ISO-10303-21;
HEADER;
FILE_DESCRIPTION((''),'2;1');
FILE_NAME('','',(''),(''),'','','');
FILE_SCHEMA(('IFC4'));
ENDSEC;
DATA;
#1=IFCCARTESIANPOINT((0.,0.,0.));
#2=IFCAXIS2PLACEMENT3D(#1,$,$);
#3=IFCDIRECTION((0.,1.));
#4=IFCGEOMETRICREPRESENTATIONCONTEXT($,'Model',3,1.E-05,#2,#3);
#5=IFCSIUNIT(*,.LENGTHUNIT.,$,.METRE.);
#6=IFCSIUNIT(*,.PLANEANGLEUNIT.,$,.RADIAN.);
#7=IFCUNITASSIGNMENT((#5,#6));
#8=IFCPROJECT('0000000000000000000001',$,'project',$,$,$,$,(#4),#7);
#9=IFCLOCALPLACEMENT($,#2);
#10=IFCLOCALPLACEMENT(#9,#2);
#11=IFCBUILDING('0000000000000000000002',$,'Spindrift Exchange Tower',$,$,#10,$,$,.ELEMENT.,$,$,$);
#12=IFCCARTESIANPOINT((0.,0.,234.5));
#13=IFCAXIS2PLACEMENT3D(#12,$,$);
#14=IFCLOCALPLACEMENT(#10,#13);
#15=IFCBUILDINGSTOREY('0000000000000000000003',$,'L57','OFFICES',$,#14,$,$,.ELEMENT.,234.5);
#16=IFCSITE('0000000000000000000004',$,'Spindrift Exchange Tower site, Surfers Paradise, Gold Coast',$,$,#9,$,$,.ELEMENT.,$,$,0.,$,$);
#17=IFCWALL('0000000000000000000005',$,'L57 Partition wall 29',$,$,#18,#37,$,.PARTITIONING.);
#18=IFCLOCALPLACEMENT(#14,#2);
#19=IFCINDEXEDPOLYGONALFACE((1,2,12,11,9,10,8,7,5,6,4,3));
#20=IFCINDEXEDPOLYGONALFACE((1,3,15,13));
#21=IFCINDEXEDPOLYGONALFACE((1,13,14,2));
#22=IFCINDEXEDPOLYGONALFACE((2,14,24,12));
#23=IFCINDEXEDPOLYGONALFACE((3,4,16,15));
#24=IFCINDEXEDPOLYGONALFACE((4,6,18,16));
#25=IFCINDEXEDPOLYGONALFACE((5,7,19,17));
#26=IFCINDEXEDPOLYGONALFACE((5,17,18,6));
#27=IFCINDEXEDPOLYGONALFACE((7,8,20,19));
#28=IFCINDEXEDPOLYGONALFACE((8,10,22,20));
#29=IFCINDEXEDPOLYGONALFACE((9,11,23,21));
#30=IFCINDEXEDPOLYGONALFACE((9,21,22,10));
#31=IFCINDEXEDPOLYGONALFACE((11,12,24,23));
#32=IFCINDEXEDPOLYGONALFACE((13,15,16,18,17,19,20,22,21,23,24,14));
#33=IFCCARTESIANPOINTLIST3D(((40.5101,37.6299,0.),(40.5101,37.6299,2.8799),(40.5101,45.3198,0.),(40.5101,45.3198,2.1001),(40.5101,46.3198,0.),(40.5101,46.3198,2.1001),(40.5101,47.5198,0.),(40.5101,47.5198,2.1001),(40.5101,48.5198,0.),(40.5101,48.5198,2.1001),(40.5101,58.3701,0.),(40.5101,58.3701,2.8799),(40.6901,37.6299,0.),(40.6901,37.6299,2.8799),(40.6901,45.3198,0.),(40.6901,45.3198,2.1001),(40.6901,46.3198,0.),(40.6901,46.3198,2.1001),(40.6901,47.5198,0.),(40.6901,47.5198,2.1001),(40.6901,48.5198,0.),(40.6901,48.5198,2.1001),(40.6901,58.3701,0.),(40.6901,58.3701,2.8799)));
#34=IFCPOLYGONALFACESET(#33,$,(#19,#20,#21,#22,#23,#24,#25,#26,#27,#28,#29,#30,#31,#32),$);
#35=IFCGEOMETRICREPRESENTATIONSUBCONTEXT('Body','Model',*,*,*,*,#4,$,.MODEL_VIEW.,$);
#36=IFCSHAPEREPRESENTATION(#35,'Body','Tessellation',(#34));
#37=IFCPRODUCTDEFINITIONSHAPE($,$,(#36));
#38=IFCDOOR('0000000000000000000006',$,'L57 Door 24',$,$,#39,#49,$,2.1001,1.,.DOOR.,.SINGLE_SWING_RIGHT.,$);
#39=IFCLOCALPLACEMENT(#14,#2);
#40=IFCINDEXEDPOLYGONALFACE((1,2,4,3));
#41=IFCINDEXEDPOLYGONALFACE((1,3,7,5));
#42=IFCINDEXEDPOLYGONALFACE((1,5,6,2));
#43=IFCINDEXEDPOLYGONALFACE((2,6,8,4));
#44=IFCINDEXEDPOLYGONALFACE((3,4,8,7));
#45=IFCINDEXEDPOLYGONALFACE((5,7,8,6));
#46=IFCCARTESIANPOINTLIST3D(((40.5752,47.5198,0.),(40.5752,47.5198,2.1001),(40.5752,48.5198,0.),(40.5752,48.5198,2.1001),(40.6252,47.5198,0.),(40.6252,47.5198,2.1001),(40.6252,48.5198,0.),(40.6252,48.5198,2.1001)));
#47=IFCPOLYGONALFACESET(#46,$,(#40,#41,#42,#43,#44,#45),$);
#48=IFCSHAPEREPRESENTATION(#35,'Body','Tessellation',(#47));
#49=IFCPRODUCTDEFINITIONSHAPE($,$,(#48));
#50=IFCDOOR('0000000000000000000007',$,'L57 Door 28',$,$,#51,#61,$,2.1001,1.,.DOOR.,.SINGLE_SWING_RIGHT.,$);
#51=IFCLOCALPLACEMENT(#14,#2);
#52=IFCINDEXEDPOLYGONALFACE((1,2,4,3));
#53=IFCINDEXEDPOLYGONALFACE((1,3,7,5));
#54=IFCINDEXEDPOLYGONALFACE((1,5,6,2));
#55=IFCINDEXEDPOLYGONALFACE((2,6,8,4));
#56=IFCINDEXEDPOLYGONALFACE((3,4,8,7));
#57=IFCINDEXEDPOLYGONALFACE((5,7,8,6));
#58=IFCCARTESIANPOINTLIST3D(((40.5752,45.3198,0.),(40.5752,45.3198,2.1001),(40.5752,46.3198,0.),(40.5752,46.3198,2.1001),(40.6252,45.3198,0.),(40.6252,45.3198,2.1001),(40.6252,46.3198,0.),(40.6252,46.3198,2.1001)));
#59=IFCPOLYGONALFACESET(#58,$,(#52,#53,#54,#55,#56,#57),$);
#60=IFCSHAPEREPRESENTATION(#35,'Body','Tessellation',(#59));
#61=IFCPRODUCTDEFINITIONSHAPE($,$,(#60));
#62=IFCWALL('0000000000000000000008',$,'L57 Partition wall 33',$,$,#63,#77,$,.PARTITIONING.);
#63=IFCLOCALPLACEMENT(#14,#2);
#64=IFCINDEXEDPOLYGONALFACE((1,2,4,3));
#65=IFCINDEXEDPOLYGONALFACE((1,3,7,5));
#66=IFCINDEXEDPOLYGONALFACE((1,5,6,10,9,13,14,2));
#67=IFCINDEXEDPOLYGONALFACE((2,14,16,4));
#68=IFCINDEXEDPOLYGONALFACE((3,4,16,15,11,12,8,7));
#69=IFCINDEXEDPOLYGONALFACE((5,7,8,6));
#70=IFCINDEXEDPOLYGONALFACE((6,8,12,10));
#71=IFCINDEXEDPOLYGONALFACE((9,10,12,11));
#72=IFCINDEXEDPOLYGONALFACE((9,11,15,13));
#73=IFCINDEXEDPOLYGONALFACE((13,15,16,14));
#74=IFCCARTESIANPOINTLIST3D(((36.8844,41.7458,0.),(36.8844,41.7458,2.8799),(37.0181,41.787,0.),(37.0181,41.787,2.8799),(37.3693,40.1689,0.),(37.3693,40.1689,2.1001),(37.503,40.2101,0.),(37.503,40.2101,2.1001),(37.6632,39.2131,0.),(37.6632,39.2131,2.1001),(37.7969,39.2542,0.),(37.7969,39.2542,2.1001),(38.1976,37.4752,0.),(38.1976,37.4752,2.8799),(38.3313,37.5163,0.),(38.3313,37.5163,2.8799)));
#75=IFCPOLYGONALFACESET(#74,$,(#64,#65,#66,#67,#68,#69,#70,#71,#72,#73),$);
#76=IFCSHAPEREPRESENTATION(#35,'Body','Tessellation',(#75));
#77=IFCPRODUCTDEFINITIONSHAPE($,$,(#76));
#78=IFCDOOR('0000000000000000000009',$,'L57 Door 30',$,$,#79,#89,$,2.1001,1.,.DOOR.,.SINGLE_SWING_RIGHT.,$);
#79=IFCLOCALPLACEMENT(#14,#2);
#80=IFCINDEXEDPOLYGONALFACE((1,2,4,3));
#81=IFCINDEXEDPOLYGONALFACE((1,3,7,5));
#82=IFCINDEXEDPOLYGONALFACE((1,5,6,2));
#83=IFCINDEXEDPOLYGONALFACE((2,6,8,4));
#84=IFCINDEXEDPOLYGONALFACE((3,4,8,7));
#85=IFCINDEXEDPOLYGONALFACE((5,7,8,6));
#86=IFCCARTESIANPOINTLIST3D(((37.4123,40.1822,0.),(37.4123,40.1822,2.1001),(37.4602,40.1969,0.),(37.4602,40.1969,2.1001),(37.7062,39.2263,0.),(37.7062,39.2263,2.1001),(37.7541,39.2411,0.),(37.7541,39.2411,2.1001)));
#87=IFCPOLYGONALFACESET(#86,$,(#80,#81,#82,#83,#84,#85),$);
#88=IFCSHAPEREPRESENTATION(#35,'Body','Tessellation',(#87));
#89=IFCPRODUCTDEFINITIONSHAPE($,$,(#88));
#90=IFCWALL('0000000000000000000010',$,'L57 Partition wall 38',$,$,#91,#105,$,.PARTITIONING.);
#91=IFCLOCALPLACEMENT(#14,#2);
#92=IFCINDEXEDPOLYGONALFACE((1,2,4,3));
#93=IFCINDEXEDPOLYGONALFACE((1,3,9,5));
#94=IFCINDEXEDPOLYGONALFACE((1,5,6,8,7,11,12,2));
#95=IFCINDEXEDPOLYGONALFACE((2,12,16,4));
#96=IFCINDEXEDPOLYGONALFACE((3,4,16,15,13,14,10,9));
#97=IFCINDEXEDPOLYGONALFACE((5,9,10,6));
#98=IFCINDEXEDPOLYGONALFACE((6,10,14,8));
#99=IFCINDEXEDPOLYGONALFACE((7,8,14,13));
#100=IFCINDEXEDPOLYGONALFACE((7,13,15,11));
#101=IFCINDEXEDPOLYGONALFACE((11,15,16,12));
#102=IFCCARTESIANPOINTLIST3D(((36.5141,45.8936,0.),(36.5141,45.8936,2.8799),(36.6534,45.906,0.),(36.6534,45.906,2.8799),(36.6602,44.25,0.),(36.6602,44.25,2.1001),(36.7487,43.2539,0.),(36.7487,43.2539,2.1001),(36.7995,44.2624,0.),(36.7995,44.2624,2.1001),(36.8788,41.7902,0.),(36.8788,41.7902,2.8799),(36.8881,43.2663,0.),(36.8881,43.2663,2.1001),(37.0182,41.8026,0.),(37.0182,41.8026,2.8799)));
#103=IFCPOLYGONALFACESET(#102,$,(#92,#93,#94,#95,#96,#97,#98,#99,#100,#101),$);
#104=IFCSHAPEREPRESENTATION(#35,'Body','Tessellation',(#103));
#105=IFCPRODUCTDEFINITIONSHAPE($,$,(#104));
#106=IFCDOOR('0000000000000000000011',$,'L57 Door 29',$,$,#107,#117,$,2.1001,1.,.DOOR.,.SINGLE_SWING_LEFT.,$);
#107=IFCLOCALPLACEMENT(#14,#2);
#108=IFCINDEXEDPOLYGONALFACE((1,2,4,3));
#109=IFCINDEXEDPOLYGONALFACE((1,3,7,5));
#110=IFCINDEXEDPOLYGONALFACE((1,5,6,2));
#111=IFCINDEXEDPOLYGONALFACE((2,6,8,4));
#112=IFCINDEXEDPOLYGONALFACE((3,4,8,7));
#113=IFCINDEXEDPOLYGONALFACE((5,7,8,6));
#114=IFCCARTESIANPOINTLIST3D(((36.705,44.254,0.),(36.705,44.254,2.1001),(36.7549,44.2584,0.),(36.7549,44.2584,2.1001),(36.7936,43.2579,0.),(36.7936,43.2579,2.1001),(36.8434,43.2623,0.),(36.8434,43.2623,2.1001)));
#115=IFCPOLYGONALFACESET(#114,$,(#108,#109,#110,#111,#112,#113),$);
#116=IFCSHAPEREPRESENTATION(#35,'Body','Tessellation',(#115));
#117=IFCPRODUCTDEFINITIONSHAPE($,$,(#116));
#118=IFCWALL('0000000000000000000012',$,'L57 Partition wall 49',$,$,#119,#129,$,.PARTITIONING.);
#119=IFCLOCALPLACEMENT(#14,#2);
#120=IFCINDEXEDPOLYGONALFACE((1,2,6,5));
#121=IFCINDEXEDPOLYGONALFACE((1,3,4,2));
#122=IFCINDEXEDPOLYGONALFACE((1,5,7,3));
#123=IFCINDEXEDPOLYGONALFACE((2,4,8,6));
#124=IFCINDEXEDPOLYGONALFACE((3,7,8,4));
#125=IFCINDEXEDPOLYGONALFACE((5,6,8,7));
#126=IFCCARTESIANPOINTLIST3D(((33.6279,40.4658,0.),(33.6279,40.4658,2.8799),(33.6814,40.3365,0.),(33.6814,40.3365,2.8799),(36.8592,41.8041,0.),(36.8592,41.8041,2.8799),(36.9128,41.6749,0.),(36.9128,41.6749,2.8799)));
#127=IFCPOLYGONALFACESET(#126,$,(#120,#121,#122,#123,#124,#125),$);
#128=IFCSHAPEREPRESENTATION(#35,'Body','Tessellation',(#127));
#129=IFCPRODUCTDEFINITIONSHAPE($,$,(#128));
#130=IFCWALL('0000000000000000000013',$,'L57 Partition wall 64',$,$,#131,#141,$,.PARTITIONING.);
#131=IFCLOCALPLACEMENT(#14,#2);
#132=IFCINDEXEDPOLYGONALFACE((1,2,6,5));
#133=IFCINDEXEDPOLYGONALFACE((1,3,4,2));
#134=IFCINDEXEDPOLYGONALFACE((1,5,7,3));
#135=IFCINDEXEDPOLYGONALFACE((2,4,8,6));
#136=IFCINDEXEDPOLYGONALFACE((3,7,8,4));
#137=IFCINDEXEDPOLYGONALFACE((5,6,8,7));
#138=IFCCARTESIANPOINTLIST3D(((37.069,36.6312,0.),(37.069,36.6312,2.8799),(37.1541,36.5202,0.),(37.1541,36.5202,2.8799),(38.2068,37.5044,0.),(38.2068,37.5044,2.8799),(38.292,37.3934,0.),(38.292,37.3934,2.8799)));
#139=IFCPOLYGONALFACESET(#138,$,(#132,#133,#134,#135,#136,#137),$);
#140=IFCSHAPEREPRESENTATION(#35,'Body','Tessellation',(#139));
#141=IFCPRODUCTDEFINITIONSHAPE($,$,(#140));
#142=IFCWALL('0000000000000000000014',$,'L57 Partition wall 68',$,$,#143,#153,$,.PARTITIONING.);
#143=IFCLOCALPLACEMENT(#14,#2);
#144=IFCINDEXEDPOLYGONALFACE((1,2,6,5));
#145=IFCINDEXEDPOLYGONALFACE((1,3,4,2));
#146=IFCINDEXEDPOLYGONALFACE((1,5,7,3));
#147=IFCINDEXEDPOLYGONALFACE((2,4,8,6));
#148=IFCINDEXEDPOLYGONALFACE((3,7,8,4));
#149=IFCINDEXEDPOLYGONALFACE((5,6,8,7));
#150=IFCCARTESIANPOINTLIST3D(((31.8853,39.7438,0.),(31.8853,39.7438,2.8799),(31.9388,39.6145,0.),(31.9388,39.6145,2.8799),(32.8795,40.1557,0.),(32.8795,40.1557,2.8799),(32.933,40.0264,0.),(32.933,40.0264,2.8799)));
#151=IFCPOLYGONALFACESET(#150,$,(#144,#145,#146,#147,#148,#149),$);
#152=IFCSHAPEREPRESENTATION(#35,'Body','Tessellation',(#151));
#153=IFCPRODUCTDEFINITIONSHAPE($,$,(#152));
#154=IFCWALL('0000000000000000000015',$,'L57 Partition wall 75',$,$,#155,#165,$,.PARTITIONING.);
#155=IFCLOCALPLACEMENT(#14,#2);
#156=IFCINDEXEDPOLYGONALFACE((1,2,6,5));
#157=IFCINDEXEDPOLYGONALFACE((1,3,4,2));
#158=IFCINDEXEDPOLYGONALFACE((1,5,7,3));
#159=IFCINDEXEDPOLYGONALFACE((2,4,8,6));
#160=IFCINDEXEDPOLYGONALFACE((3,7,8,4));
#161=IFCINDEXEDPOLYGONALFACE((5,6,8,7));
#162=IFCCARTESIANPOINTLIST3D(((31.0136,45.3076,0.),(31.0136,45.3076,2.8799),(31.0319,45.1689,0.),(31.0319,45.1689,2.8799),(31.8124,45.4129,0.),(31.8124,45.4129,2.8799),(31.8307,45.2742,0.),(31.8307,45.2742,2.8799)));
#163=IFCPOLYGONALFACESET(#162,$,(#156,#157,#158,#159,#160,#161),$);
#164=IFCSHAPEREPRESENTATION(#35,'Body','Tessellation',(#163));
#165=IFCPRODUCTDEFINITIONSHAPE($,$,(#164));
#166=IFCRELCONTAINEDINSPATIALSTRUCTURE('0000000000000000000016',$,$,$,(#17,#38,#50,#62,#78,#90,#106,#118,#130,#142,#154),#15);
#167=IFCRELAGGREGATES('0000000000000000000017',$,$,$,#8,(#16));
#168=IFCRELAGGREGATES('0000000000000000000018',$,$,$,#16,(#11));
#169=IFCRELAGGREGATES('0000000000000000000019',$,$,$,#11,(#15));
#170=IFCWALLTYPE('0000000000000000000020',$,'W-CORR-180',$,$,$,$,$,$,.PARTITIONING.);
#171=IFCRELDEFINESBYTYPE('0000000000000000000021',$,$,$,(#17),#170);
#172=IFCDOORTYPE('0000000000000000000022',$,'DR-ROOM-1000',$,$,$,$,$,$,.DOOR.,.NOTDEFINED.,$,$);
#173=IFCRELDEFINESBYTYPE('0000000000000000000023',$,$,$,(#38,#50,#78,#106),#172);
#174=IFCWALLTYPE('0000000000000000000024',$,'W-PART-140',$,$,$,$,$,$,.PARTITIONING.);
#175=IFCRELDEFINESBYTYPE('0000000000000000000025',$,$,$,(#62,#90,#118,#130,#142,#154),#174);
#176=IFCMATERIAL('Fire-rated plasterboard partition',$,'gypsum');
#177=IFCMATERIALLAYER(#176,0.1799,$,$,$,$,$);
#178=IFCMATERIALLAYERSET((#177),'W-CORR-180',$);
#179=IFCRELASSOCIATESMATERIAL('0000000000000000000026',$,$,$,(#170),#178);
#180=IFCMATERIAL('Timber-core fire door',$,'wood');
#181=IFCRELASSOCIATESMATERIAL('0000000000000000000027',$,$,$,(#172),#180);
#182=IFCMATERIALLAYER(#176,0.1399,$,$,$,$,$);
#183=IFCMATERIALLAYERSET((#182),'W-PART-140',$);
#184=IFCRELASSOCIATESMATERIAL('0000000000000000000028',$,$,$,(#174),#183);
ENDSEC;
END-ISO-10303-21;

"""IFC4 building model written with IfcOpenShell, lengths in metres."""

from ifc_helpers import new_model, si_unit, direction, frame, frame_2d, origin, place, context, subcontext, project, spatial, rectangle, extrude, source, transform, mapped, material, layer, layer_set, type_object, element, fill, save


model = new_model("IFC4")

# Units and contexts
model_context = context("Model", 3, precision=1e-05, world=origin(), true_north=direction((0.0, 1.0)))
body_context = subcontext(model_context, "Body", "Model", "MODEL_VIEW")
ifc_project = project(units=[si_unit("LENGTHUNIT", "METRE"), si_unit("PLANEANGLEUNIT", "RADIAN")], contexts=[model_context])

# Site, building, storey
site_placement = place(None, origin())
site = spatial("IfcSite", under=ifc_project, at=site_placement, Name="Spindrift Exchange Tower site, Surfers Paradise, Gold Coast", CompositionType="ELEMENT", RefElevation=0.0)
building_placement = place(site_placement, origin())
building = spatial("IfcBuilding", under=site, at=building_placement, Name="Spindrift Exchange Tower", CompositionType="ELEMENT")
storey_placement = place(building_placement, frame((0.0, 0.0, 234.5)))
storey = spatial("IfcBuildingStorey", under=building, at=storey_placement, Name="L57", Description="OFFICES", CompositionType="ELEMENT", Elevation=234.5)

# Wall, openings, doors
ifc_material_1 = material(Name="Fire-rated plasterboard partition", Category="gypsum")
ifc_layer_1 = layer(ifc_material_1, 0.1799)
ifc_layer_set_1 = layer_set([ifc_layer_1], Name="W-CORR-180")
wall_type_1 = type_object("IfcWallType", Name="W-CORR-180", PredefinedType="PARTITIONING", material=ifc_layer_set_1)
wall_1_placement = place(storey_placement, frame((40.6001, 37.6299, 0.0), z_axis=(0.0, 0.0, 1.0), x_axis=(0.0, 1.0, 0.0)))
wall_1 = element("IfcWall", 1, at=wall_1_placement, inside=storey, type_object=wall_type_1, Name="L57 Partition wall 29", PredefinedType="PARTITIONING", context=body_context, shape_type="SweptSolid", body=[
    extrude(rectangle(XDim=20.7402, YDim=0.1799, at=frame_2d((10.3701, 0.0))), origin(), (0.0, 0.0, 1.0), 2.8799),
])
opening_1_placement = place(wall_1_placement, frame((9.8899, 0.0, 0.0)))
opening_1 = element("IfcOpeningElement", 2, at=opening_1_placement, cuts=wall_1, PredefinedType="OPENING", context=body_context, shape_type="SweptSolid", body=[
    extrude(rectangle(XDim=1.0, YDim=2.1001, at=frame_2d((0.5, 1.05))), frame((0.0, 0.0999, 0.0), z_axis=(0.0, -1.0, 0.0), x_axis=(1.0, 0.0, 0.0)), (0.0, 0.0, 1.0), 0.2),
])
opening_2_placement = place(wall_1_placement, frame((7.6899, 0.0, 0.0)))
opening_2 = element("IfcOpeningElement", 3, at=opening_2_placement, cuts=wall_1, PredefinedType="OPENING", context=body_context, shape_type="SweptSolid", body=[
    extrude(rectangle(XDim=1.0, YDim=2.1001, at=frame_2d((0.5, 1.05))), frame((0.0, 0.0999, 0.0), z_axis=(0.0, -1.0, 0.0), x_axis=(1.0, 0.0, 0.0)), (0.0, 0.0, 1.0), 0.2),
])
ifc_material_2 = material(Name="Timber-core fire door", Category="wood")
door_type = type_object("IfcDoorType", Name="DR-ROOM-1000", OperationType="NOTDEFINED", PredefinedType="DOOR", material=ifc_material_2)
shared_shape_1 = source(origin(), body_context, "Body", "SweptSolid", [
    extrude(rectangle(XDim=1.0, YDim=2.1001, at=frame_2d((0.5, 1.05))), frame((0.0, 0.0249, 0.0), z_axis=(0.0, -1.0, 0.0), x_axis=(1.0, 0.0, 0.0)), (0.0, 0.0, 1.0), 0.05),
])
door_1_placement = place(opening_1_placement, origin())
door_1 = element("IfcDoor", 4, at=door_1_placement, inside=storey, type_object=door_type, Name="L57 Door 24", OperationType="SINGLE_SWING_RIGHT", OverallHeight=2.1001, OverallWidth=1.0, PredefinedType="DOOR", context=body_context, shape_type="MappedRepresentation", body=[
    mapped(shared_shape_1, transform((0.0, 0.0, 0.0), scale=1.0)),
])
fill(opening_1, door_1)
door_2_placement = place(opening_2_placement, origin())
door_2 = element("IfcDoor", 5, at=door_2_placement, inside=storey, type_object=door_type, Name="L57 Door 28", OperationType="SINGLE_SWING_RIGHT", OverallHeight=2.1001, OverallWidth=1.0, PredefinedType="DOOR", context=body_context, shape_type="MappedRepresentation", body=[
    mapped(shared_shape_1, transform((0.0, 0.0, 0.0), scale=1.0)),
])
fill(opening_2, door_2)

# Walls, openings, doors
ifc_layer_2 = layer(ifc_material_1, 0.1399)
ifc_layer_set_2 = layer_set([ifc_layer_2], Name="W-PART-140")
wall_type_2 = type_object("IfcWallType", Name="W-PART-140", PredefinedType="PARTITIONING", material=ifc_layer_set_2)
wall_2_placement = place(storey_placement, frame((38.2644, 37.4958, 0.0), z_axis=(0.0, 0.0, 1.0), x_axis=(-0.293913, 0.955832, 0.0)))
wall_2 = element("IfcWall", 6, at=wall_2_placement, inside=storey, type_object=wall_type_2, Name="L57 Partition wall 33", PredefinedType="PARTITIONING", context=body_context, shape_type="SweptSolid", body=[
    extrude(rectangle(XDim=4.468, YDim=0.1399, at=frame_2d((2.2339, 0.0))), origin(), (0.0, 0.0, 1.0), 2.8799),
])
opening_3_placement = place(wall_2_placement, frame((1.8181, 0.0, 0.0)))
opening_3 = element("IfcOpeningElement", 7, at=opening_3_placement, cuts=wall_2, PredefinedType="OPENING", context=body_context, shape_type="SweptSolid", body=[
    extrude(rectangle(XDim=1.0, YDim=2.1001, at=frame_2d((0.5, 1.05))), frame((0.0, 0.0798, 0.0), z_axis=(0.0, -1.0, 0.0), x_axis=(1.0, 0.0, 0.0)), (0.0, 0.0, 1.0), 0.1599),
])
door_3_placement = place(opening_3_placement, origin())
door_3 = element("IfcDoor", 8, at=door_3_placement, inside=storey, type_object=door_type, Name="L57 Door 30", OperationType="SINGLE_SWING_RIGHT", OverallHeight=2.1001, OverallWidth=1.0, PredefinedType="DOOR", context=body_context, shape_type="MappedRepresentation", body=[
    mapped(shared_shape_1, transform((0.0, 0.0, 0.0), scale=1.0)),
])
fill(opening_3, door_3)
wall_3_placement = place(storey_placement, frame((36.9485, 41.7964, 0.0), z_axis=(0.0, 0.0, 1.0), x_axis=(-0.088537, 0.996073, 0.0)))
wall_3 = element("IfcWall", 9, at=wall_3_placement, inside=storey, type_object=wall_type_2, Name="L57 Partition wall 38", PredefinedType="PARTITIONING", context=body_context, shape_type="SweptSolid", body=[
    extrude(rectangle(XDim=4.1196, YDim=0.1399, at=frame_2d((2.0598, 0.0))), origin(), (0.0, 0.0, 1.0), 2.8799),
])
opening_4_placement = place(wall_3_placement, frame((1.4695, 0.0, 0.0)))
opening_4 = element("IfcOpeningElement", 10, at=opening_4_placement, cuts=wall_3, PredefinedType="OPENING", context=body_context, shape_type="SweptSolid", body=[
    extrude(rectangle(XDim=1.0, YDim=2.1001, at=frame_2d((0.5, 1.05))), frame((0.0, 0.0798, 0.0), z_axis=(0.0, -1.0, 0.0), x_axis=(1.0, 0.0, 0.0)), (0.0, 0.0, 1.0), 0.1599),
])
door_4_placement = place(opening_4_placement, origin())
door_4 = element("IfcDoor", 11, at=door_4_placement, inside=storey, type_object=door_type, Name="L57 Door 29", OperationType="SINGLE_SWING_LEFT", OverallHeight=2.1001, OverallWidth=1.0, PredefinedType="DOOR", context=body_context, shape_type="MappedRepresentation", body=[
    mapped(shared_shape_1, transform((0.0, 0.0, 0.0), scale=1.0)),
])
fill(opening_4, door_4)

# Walls
wall_4_placement = place(storey_placement, frame((36.886, 41.7395, 0.0), z_axis=(0.0, 0.0, 1.0), x_axis=(-0.923893, -0.382652, 0.0)))
element("IfcWall", 12, at=wall_4_placement, inside=storey, type_object=wall_type_2, Name="L57 Partition wall 49", PredefinedType="PARTITIONING", context=body_context, shape_type="SweptSolid", body=[
    extrude(rectangle(XDim=3.4976, YDim=0.1399, at=frame_2d((1.7488, 0.0))), origin(), (0.0, 0.0, 1.0), 2.8799),
])
wall_5_placement = place(storey_placement, frame((38.2495, 37.449, 0.0), z_axis=(0.0, 0.0, 1.0), x_axis=(-0.793313, -0.608814, 0.0)))
element("IfcWall", 13, at=wall_5_placement, inside=storey, type_object=wall_type_2, Name="L57 Partition wall 64", PredefinedType="PARTITIONING", context=body_context, shape_type="SweptSolid", body=[
    extrude(rectangle(XDim=1.4343, YDim=0.1399, at=frame_2d((0.7173, 0.0))), origin(), (0.0, 0.0, 1.0), 2.8799),
])
wall_6_placement = place(storey_placement, frame((32.9062, 40.0911, 0.0), z_axis=(0.0, 0.0, 1.0), x_axis=(-0.923854, -0.382746, 0.0)))
element("IfcWall", 14, at=wall_6_placement, inside=storey, type_object=wall_type_2, Name="L57 Partition wall 68", PredefinedType="PARTITIONING", context=body_context, shape_type="SweptSolid", body=[
    extrude(rectangle(XDim=1.0762, YDim=0.1399, at=frame_2d((0.5381, 0.0))), origin(), (0.0, 0.0, 1.0), 2.8799),
])
wall_7_placement = place(storey_placement, frame((31.8215, 45.3435, 0.0), z_axis=(0.0, 0.0, 1.0), x_axis=(-0.991436, -0.130596, 0.0)))
element("IfcWall", 15, at=wall_7_placement, inside=storey, type_object=wall_type_2, Name="L57 Partition wall 75", PredefinedType="PARTITIONING", context=body_context, shape_type="SweptSolid", body=[
    extrude(rectangle(XDim=0.8057, YDim=0.1399, at=frame_2d((0.4028, 0.0))), origin(), (0.0, 0.0, 1.0), 2.8799),
])

save(model, "model.ifc")
